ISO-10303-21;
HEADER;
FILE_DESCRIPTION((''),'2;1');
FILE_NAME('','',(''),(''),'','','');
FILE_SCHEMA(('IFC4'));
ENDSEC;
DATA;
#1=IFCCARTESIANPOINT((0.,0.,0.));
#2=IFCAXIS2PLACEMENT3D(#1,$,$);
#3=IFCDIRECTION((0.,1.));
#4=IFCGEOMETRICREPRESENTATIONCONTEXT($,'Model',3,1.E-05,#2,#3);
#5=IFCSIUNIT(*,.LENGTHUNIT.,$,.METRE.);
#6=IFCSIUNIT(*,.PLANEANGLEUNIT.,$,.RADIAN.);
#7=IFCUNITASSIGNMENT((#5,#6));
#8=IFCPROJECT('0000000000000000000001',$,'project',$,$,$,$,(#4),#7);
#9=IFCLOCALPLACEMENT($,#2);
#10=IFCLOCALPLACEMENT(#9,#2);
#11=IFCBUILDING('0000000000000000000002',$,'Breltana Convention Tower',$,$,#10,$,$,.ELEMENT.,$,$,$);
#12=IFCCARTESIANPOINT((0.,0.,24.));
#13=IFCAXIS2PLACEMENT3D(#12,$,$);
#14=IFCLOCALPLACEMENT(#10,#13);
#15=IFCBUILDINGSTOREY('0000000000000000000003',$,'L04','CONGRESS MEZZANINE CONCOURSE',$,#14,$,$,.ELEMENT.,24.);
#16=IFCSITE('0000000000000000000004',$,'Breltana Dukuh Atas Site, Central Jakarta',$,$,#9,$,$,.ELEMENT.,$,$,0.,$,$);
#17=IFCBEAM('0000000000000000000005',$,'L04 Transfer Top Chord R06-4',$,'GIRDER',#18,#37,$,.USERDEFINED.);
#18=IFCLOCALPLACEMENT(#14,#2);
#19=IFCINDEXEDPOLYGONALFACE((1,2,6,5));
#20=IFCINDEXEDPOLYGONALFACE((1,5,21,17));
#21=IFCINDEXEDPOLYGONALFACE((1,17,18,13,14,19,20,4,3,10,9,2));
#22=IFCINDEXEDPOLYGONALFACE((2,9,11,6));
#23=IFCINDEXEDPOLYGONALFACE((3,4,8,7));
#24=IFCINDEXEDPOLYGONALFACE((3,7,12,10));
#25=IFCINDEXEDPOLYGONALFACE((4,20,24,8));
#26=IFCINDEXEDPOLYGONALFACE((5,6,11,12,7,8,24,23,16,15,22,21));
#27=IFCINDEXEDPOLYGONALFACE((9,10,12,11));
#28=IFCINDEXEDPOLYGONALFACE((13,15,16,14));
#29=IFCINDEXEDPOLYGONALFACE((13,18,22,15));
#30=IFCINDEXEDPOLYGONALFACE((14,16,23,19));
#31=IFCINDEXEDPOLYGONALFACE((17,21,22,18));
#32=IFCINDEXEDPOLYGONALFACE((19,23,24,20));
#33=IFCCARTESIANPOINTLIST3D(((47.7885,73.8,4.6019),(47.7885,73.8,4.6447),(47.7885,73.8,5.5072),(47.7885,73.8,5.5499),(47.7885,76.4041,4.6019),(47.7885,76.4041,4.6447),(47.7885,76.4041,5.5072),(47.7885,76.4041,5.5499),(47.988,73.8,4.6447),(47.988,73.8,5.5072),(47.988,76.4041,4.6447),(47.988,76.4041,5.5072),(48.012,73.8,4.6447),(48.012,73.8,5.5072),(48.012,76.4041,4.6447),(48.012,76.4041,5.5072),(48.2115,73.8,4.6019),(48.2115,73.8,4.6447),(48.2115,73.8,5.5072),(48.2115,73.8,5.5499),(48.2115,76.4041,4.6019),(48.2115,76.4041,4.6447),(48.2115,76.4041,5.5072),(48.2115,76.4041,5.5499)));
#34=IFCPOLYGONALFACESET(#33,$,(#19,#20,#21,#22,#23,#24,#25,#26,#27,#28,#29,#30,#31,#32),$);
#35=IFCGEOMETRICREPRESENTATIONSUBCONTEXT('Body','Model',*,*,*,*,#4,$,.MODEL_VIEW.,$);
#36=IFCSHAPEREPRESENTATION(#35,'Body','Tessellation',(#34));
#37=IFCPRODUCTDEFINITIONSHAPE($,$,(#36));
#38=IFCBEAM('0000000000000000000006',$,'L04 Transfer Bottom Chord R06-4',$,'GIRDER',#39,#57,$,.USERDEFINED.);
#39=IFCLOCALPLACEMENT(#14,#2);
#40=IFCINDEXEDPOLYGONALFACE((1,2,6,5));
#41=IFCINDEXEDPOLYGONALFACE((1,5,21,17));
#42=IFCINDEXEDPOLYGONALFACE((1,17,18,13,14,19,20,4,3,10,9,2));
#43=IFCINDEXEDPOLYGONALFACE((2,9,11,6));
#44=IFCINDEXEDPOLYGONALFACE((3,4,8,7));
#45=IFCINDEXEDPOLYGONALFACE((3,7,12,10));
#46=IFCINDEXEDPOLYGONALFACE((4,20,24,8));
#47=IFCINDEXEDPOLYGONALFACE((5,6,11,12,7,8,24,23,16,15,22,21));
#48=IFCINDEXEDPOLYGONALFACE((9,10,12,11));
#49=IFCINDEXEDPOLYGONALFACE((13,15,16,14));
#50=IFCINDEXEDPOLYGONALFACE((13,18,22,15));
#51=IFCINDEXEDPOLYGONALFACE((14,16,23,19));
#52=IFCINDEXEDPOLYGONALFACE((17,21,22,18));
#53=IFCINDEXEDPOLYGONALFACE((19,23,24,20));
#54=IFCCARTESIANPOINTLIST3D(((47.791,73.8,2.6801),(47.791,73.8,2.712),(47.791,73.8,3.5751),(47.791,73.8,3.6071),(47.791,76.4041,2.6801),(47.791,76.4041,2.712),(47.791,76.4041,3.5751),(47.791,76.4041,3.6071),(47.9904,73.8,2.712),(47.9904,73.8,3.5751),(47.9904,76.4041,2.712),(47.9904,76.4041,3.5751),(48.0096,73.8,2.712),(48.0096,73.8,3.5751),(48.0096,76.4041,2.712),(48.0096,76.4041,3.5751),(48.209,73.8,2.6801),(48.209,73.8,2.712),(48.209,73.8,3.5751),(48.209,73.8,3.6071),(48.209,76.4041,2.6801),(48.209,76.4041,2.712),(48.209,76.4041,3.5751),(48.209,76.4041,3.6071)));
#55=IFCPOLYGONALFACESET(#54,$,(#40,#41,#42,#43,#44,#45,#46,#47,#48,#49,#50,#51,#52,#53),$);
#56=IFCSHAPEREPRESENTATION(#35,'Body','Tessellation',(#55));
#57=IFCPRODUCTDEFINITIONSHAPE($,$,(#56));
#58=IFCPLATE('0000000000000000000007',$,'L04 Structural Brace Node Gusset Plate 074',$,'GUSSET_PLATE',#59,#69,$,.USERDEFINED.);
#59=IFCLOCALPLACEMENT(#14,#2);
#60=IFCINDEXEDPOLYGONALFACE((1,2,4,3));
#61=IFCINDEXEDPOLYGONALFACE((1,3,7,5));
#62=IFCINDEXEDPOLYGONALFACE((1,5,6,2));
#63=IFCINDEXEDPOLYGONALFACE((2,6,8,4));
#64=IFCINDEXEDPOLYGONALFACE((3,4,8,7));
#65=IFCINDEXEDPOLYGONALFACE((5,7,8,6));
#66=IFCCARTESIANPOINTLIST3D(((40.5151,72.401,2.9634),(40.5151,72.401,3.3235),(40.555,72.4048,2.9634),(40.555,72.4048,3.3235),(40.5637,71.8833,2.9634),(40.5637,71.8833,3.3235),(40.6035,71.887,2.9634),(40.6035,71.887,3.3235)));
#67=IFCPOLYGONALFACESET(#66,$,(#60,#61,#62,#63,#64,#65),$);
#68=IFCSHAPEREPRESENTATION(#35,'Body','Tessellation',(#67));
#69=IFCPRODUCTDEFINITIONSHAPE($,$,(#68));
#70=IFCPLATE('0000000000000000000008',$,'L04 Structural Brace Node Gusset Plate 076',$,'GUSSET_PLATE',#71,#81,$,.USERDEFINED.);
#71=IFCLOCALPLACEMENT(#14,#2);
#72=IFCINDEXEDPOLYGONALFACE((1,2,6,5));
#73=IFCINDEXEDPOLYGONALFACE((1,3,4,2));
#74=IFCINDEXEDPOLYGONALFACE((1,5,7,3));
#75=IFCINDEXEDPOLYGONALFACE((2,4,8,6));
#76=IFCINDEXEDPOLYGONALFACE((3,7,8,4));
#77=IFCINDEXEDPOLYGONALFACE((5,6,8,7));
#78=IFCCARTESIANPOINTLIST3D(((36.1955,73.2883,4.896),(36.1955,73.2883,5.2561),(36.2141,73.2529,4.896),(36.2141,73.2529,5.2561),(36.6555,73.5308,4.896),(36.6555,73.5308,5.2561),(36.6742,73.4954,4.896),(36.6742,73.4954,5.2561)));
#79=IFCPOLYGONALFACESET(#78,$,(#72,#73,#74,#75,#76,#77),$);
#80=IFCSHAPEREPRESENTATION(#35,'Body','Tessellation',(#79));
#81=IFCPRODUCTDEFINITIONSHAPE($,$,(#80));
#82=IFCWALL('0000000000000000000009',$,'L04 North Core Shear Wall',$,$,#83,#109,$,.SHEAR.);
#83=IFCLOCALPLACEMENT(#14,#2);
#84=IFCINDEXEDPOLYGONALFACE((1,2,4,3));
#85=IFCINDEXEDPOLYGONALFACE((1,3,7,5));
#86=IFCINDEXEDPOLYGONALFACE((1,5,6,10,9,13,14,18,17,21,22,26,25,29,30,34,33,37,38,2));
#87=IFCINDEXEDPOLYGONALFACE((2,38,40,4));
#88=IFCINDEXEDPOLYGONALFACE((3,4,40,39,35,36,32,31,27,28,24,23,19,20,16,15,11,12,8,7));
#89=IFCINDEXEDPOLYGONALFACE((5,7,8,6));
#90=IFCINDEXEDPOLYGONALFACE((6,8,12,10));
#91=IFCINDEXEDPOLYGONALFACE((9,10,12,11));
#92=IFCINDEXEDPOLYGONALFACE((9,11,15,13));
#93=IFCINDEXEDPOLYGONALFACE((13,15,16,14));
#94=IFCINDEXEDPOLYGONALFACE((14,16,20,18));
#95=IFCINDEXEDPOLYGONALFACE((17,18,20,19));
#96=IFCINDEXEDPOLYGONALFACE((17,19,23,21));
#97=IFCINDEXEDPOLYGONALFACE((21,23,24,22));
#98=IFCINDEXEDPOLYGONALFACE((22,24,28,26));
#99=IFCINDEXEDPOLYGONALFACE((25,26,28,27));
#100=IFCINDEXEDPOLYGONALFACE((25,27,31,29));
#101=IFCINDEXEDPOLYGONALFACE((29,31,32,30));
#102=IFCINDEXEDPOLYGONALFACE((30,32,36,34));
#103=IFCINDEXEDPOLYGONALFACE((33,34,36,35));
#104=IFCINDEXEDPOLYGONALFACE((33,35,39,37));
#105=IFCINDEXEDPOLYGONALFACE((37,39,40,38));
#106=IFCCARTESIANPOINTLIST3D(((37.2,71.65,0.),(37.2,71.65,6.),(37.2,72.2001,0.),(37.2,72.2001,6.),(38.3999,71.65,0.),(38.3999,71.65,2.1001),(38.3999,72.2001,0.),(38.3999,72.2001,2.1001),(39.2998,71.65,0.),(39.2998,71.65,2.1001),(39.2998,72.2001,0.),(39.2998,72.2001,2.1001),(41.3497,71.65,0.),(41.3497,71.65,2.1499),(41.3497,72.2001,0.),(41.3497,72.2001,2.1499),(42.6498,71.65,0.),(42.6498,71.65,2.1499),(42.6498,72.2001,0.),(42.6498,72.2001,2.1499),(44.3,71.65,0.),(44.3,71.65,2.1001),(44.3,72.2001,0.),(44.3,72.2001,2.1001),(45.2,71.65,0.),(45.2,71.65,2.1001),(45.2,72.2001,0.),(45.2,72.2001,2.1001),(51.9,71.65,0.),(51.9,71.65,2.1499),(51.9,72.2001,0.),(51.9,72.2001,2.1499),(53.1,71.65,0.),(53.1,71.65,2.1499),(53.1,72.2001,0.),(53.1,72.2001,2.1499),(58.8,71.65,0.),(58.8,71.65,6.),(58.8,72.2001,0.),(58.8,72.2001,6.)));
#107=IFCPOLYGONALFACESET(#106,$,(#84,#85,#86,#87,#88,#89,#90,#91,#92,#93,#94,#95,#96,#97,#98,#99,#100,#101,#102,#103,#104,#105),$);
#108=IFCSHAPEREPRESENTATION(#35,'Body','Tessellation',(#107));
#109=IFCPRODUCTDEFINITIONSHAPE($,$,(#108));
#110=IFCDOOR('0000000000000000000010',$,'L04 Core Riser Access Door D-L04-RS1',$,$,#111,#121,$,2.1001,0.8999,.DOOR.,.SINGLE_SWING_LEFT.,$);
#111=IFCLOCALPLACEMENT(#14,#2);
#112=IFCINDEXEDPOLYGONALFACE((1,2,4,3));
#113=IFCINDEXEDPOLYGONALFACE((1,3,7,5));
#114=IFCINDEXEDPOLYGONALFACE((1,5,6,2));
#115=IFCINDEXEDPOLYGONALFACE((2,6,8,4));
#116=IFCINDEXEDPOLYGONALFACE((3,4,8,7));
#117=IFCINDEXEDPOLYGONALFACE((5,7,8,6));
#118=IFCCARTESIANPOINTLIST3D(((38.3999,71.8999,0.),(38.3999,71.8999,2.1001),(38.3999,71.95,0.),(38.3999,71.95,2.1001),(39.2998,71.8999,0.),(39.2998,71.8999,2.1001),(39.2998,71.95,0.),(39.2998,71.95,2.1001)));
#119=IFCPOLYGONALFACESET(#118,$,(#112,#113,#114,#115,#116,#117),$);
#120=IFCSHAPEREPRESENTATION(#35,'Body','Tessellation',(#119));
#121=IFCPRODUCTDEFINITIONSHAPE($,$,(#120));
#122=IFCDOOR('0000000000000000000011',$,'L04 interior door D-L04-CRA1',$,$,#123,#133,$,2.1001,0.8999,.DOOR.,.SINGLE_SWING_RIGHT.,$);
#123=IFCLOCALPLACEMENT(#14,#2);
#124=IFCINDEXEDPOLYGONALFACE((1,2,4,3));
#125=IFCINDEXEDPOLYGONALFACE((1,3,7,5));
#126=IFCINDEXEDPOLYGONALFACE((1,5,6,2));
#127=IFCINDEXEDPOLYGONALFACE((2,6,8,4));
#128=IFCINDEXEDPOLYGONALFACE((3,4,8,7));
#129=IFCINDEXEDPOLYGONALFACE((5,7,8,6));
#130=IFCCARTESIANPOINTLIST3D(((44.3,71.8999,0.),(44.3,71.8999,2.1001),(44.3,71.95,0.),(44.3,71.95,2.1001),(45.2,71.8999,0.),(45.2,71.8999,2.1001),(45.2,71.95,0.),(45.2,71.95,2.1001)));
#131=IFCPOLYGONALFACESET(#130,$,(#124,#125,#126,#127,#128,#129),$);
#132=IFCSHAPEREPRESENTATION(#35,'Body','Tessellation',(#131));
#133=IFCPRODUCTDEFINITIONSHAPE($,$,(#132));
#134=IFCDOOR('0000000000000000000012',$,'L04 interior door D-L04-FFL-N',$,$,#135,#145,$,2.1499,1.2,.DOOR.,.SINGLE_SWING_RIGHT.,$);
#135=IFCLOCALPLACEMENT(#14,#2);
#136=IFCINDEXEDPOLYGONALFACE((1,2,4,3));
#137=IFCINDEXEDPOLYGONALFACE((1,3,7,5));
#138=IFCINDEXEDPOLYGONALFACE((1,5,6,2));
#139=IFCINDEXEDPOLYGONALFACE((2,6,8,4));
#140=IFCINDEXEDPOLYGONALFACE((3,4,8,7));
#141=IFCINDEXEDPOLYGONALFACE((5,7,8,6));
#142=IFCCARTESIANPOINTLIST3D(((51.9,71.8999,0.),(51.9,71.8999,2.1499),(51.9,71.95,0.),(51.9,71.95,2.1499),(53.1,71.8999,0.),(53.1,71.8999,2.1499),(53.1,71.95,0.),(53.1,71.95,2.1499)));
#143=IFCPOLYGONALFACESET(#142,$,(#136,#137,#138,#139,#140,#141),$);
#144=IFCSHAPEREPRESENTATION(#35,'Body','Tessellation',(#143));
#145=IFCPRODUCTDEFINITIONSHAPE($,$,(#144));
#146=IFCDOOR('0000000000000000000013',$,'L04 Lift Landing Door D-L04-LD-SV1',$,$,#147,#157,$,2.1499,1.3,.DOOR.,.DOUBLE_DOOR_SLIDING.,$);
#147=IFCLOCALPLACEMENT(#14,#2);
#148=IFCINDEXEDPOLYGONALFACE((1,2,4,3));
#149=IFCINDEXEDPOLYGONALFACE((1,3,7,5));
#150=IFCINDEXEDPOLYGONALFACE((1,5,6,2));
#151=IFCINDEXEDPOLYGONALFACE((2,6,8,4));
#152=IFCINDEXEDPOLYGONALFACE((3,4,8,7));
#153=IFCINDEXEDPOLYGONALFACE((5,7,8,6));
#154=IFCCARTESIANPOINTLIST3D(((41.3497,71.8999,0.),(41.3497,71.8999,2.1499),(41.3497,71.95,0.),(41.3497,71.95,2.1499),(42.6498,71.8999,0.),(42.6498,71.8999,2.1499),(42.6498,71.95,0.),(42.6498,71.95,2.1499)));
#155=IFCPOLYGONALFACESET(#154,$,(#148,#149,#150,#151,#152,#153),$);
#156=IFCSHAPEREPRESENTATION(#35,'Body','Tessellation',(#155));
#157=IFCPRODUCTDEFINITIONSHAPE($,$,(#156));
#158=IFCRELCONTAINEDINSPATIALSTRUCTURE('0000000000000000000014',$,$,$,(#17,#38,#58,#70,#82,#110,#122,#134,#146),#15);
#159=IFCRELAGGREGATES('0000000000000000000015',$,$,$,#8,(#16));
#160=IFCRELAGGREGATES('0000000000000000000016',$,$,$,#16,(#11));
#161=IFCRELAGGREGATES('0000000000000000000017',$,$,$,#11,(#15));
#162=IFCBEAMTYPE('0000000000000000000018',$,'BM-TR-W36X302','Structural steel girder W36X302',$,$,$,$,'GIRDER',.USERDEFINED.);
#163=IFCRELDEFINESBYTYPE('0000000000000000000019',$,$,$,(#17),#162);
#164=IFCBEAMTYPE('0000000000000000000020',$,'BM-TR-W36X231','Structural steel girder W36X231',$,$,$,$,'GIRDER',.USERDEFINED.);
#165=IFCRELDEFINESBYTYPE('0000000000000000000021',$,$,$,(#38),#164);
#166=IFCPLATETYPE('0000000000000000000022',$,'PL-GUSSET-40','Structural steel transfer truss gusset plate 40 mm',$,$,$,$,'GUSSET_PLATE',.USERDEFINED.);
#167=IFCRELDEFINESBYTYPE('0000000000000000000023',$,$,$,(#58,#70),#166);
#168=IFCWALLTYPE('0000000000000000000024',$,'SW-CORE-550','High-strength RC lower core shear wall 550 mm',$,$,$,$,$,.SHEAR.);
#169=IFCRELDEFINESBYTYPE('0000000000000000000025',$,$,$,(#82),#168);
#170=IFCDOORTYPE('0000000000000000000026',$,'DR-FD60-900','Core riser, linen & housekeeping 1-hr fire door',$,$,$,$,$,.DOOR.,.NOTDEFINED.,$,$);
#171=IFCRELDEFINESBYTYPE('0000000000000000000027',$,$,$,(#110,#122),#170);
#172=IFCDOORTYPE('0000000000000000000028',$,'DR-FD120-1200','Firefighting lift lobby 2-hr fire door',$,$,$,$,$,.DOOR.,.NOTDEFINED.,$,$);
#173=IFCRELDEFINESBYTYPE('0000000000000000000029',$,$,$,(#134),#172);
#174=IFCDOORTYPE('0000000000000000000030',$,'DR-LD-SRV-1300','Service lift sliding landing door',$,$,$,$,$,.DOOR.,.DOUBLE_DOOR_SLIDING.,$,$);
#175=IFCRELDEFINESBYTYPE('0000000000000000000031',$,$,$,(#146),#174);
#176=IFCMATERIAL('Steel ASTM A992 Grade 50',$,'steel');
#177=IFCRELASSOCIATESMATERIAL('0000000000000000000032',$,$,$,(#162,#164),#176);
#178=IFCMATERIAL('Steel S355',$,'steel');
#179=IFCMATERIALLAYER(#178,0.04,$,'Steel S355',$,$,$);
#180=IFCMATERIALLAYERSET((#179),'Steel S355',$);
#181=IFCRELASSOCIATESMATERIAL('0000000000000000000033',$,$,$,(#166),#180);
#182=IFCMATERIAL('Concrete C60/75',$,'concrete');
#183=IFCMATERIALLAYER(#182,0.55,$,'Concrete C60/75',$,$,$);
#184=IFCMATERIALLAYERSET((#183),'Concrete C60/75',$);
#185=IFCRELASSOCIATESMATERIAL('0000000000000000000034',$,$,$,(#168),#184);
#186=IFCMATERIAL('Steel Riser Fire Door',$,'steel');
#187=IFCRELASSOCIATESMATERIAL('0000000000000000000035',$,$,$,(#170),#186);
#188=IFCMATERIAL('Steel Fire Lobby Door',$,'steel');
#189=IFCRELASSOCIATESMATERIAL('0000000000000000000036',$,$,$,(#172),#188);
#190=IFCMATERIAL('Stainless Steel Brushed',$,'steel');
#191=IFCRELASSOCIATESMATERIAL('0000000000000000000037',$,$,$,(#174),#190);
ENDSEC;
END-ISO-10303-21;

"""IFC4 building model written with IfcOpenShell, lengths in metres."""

from ifc_helpers import new_model, si_unit, direction, frame, frame_2d, origin, origin_2d, place, context, subcontext, project, spatial, rectangle, i_section, extrude, source, transform, mapped, material, layer, layer_set, material_profile, profile_set, type_object, type_shapes, element, fill, save


model = new_model("IFC4")

# Units and contexts
model_context = context("Model", 3, precision=1e-05, world=origin(), true_north=direction((0.0, 1.0)))
body_context = subcontext(model_context, "Body", "Model", "MODEL_VIEW")
ifc_project = project(units=[si_unit("LENGTHUNIT", "METRE"), si_unit("PLANEANGLEUNIT", "RADIAN")], contexts=[model_context])

# Site, building, storey
site_placement = place(None, origin())
site = spatial("IfcSite", under=ifc_project, at=site_placement, Name="Breltana Dukuh Atas Site, Central Jakarta", CompositionType="ELEMENT", RefElevation=0.0)
building_placement = place(site_placement, origin())
building = spatial("IfcBuilding", under=site, at=building_placement, Name="Breltana Convention Tower", CompositionType="ELEMENT")
storey_placement = place(building_placement, frame((0.0, 0.0, 24.0)))
storey = spatial("IfcBuildingStorey", under=building, at=storey_placement, Name="L04", Description="CONGRESS MEZZANINE CONCOURSE", CompositionType="ELEMENT", Elevation=24.0)

# Shared definitions
ifc_material_1 = material(Name="Concrete C60/75", Category="concrete")

# Shared definitions
ifc_material_2 = material(Name="Steel ASTM A992 Grade 50", Category="steel")
ifc_material_profile_1 = material_profile(ifc_material_2, i_section(OverallWidth=0.4231, OverallDepth=0.948, WebThickness=0.0239, FlangeThickness=0.0427, at=origin_2d()), Name="W36X302")
ifc_profile_set_1 = profile_set([ifc_material_profile_1], Name="Steel ASTM A992 Grade 50")
beam_type_1 = type_object("IfcBeamType", Name="BM-TR-W36X302", Description="Structural steel girder W36X302", ElementType="GIRDER", PredefinedType="USERDEFINED", material=ifc_profile_set_1)
ifc_material_profile_2 = material_profile(ifc_material_2, i_section(OverallWidth=0.418, OverallDepth=0.927, WebThickness=0.0193, FlangeThickness=0.032, at=origin_2d()), Name="W36X231")
ifc_profile_set_2 = profile_set([ifc_material_profile_2], Name="Steel ASTM A992 Grade 50")
beam_type_2 = type_object("IfcBeamType", Name="BM-TR-W36X231", Description="Structural steel girder W36X231", ElementType="GIRDER", PredefinedType="USERDEFINED", material=ifc_profile_set_2)

# Beams
shared_shape_1 = source(origin(), body_context, "Body", "SweptSolid", [
    extrude(i_section(OverallWidth=0.4231, OverallDepth=0.948, WebThickness=0.0239, FlangeThickness=0.0427, at=origin_2d()), origin(), (0.0, 0.0, 1.0), 2.604),
])
beam_1_placement = place(storey_placement, frame((48.0, 73.8, 5.0759), z_axis=(0.0, 1.0, 0.0), x_axis=(-1.0, 0.0, 0.0)))
element("IfcBeam", 1, at=beam_1_placement, inside=storey, type_object=beam_type_1, Name="L04 Transfer Top Chord R06-4", ObjectType="GIRDER", PredefinedType="USERDEFINED", context=body_context, shape_type="MappedRepresentation", body=[
    mapped(shared_shape_1, transform((0.0, 0.0, 0.0), scale=1.0)),
])
shared_shape_2 = source(origin(), body_context, "Body", "SweptSolid", [
    extrude(i_section(OverallWidth=0.418, OverallDepth=0.927, WebThickness=0.0193, FlangeThickness=0.032, at=origin_2d()), origin(), (0.0, 0.0, 1.0), 2.604),
])
beam_2_placement = place(storey_placement, frame((48.0, 73.8, 3.1436), z_axis=(0.0, 1.0, 0.0), x_axis=(-1.0, 0.0, 0.0)))
element("IfcBeam", 2, at=beam_2_placement, inside=storey, type_object=beam_type_2, Name="L04 Transfer Bottom Chord R06-4", ObjectType="GIRDER", PredefinedType="USERDEFINED", context=body_context, shape_type="MappedRepresentation", body=[
    mapped(shared_shape_2, transform((0.0, 0.0, 0.0), scale=1.0)),
])

# Plates
ifc_material_3 = material(Name="Steel S355", Category="steel")
ifc_layer_1 = layer(ifc_material_3, 0.04, Name="Steel S355")
ifc_layer_set_1 = layer_set([ifc_layer_1], Name="Steel S355")
plate_type = type_object("IfcPlateType", Name="PL-GUSSET-40", Description="Structural steel transfer truss gusset plate 40 mm", ElementType="GUSSET_PLATE", PredefinedType="USERDEFINED", material=ifc_layer_set_1)
shared_shape_3 = source(origin(), body_context, "Body", "SweptSolid", [
    extrude(rectangle(XDim=0.52, YDim=0.04, at=origin_2d()), origin(), (0.0, 0.0, 1.0), 0.3601),
])
for number, where, z_axis, x_axis, name in (
    (3, (40.5593, 72.144, 2.9634), (0.0, 0.0, 1.0), (-0.093413, 0.995627, 0.0), "L04 Structural Brace Node Gusset Plate 074"),
    (4, (36.4348, 73.3918, 4.896), (0.0, 0.0, 1.0), (-0.884662, -0.466232, 0.0), "L04 Structural Brace Node Gusset Plate 076"),
):
    element("IfcPlate", number, at=place(storey_placement, frame(where, z_axis=z_axis, x_axis=x_axis)), inside=storey, type_object=plate_type, Name=name, ObjectType="GUSSET_PLATE", PredefinedType="USERDEFINED", context=body_context, shape_type="MappedRepresentation", body=[
        mapped(shared_shape_3, transform((0.0, 0.0, 0.0), scale=1.0)),
    ])

# Wall, openings, doors
ifc_layer_2 = layer(ifc_material_1, 0.55, Name="Concrete C60/75")
ifc_layer_set_2 = layer_set([ifc_layer_2], Name="Concrete C60/75")
wall_type_1 = type_object("IfcWallType", Name="SW-CORE-550", Description="High-strength RC lower core shear wall 550 mm", PredefinedType="SHEAR", material=ifc_layer_set_2)
shared_shape_4 = source(origin(), body_context, "Body", "SweptSolid", [
    extrude(rectangle(XDim=21.6001, YDim=0.55, at=frame_2d((10.8, 0.0))), origin(), (0.0, 0.0, 1.0), 6.0),
])
wall_1_placement = place(storey_placement, frame((37.2, 71.925, 0.0), z_axis=(0.0, 0.0, 1.0), x_axis=(1.0, 0.0, 0.0)))
wall_1 = element("IfcWall", 5, at=wall_1_placement, inside=storey, type_object=wall_type_1, Name="L04 North Core Shear Wall", PredefinedType="SHEAR", context=body_context, shape_type="MappedRepresentation", body=[
    mapped(shared_shape_4, transform((0.0, 0.0, 0.0), scale=1.0)),
])
opening_1_placement = place(wall_1_placement, frame((1.2, 0.0, 0.0)))
opening_1 = element("IfcOpeningElement", 6, at=opening_1_placement, cuts=wall_1, PredefinedType="OPENING", context=body_context, shape_type="SweptSolid", body=[
    extrude(rectangle(XDim=0.8999, YDim=2.1001, at=frame_2d((0.45, 1.05))), frame((0.0, 0.2852, 0.0), z_axis=(0.0, -1.0, 0.0), x_axis=(1.0, 0.0, 0.0)), (0.0, 0.0, 1.0), 0.5701),
])
opening_2_placement = place(wall_1_placement, frame((14.7, 0.0, 0.0)))
opening_2 = element("IfcOpeningElement", 7, at=opening_2_placement, cuts=wall_1, PredefinedType="OPENING", context=body_context, shape_type="SweptSolid", body=[
    extrude(rectangle(XDim=1.2, YDim=2.1499, at=frame_2d((0.6001, 1.075))), frame((0.0, 0.2852, 0.0), z_axis=(0.0, -1.0, 0.0), x_axis=(1.0, 0.0, 0.0)), (0.0, 0.0, 1.0), 0.5701),
])
opening_3_placement = place(wall_1_placement, frame((4.1499, 0.0, 0.0)))
opening_3 = element("IfcOpeningElement", 8, at=opening_3_placement, cuts=wall_1, PredefinedType="OPENING", context=body_context, shape_type="SweptSolid", body=[
    extrude(rectangle(XDim=1.3, YDim=2.1499, at=frame_2d((0.6499, 1.075))), frame((0.0, 0.2852, 0.0), z_axis=(0.0, -1.0, 0.0), x_axis=(1.0, 0.0, 0.0)), (0.0, 0.0, 1.0), 0.5701),
])
opening_4_placement = place(wall_1_placement, frame((7.1001, 0.0, 0.0)))
opening_4 = element("IfcOpeningElement", 9, at=opening_4_placement, cuts=wall_1, PredefinedType="OPENING", context=body_context, shape_type="SweptSolid", body=[
    extrude(rectangle(XDim=0.8999, YDim=2.1001, at=frame_2d((0.45, 1.05))), frame((0.0, 0.2852, 0.0), z_axis=(0.0, -1.0, 0.0), x_axis=(1.0, 0.0, 0.0)), (0.0, 0.0, 1.0), 0.5701),
])
ifc_material_4 = material(Name="Steel Riser Fire Door", Category="steel")
door_type_1 = type_object("IfcDoorType", Name="DR-FD60-900", Description="Core riser, linen & housekeeping 1-hr fire door", OperationType="NOTDEFINED", PredefinedType="DOOR", material=ifc_material_4)
shared_shape_5 = source(origin(), body_context, "Body", "SweptSolid", [
    extrude(rectangle(XDim=0.8999, YDim=2.1001, at=frame_2d((0.45, 1.05))), frame((0.0, 0.0249, 0.0), z_axis=(0.0, -1.0, 0.0), x_axis=(1.0, 0.0, 0.0)), (0.0, 0.0, 1.0), 0.05),
])
type_shapes(door_type_1, [shared_shape_5])
door_1_placement = place(opening_1_placement, origin())
door_1 = element("IfcDoor", 10, at=door_1_placement, inside=storey, type_object=door_type_1, Name="L04 Core Riser Access Door D-L04-RS1", OperationType="SINGLE_SWING_LEFT", OverallHeight=2.1001, OverallWidth=0.8999, PredefinedType="DOOR", context=body_context, shape_type="MappedRepresentation", body=[
    mapped(shared_shape_5, transform((0.0, 0.0, 0.0), scale=1.0)),
])
fill(opening_1, door_1)
door_2_placement = place(opening_4_placement, origin())
door_2 = element("IfcDoor", 11, at=door_2_placement, inside=storey, type_object=door_type_1, Name="L04 interior door D-L04-CRA1", OperationType="SINGLE_SWING_RIGHT", OverallHeight=2.1001, OverallWidth=0.8999, PredefinedType="DOOR", context=body_context, shape_type="MappedRepresentation", body=[
    mapped(shared_shape_5, transform((0.0, 0.0, 0.0), scale=1.0)),
])
fill(opening_4, door_2)
ifc_material_5 = material(Name="Steel Fire Lobby Door", Category="steel")
door_type_2 = type_object("IfcDoorType", Name="DR-FD120-1200", Description="Firefighting lift lobby 2-hr fire door", OperationType="NOTDEFINED", PredefinedType="DOOR", material=ifc_material_5)
shared_shape_6 = source(origin(), body_context, "Body", "SweptSolid", [
    extrude(rectangle(XDim=1.2, YDim=2.1499, at=frame_2d((0.6001, 1.075))), frame((0.0, 0.0249, 0.0), z_axis=(0.0, -1.0, 0.0), x_axis=(1.0, 0.0, 0.0)), (0.0, 0.0, 1.0), 0.05),
])
type_shapes(door_type_2, [shared_shape_6])
door_3_placement = place(opening_2_placement, origin())
door_3 = element("IfcDoor", 12, at=door_3_placement, inside=storey, type_object=door_type_2, Name="L04 interior door D-L04-FFL-N", OperationType="SINGLE_SWING_RIGHT", OverallHeight=2.1499, OverallWidth=1.2, PredefinedType="DOOR", context=body_context, shape_type="MappedRepresentation", body=[
    mapped(shared_shape_6, transform((0.0, 0.0, 0.0), scale=1.0)),
])
fill(opening_2, door_3)
ifc_material_6 = material(Name="Stainless Steel Brushed", Category="steel")
door_type_3 = type_object("IfcDoorType", Name="DR-LD-SRV-1300", Description="Service lift sliding landing door", OperationType="DOUBLE_DOOR_SLIDING", PredefinedType="DOOR", material=ifc_material_6)
shared_shape_7 = source(origin(), body_context, "Body", "SweptSolid", [
    extrude(rectangle(XDim=1.3, YDim=2.1499, at=frame_2d((0.6499, 1.075))), frame((0.0, 0.0249, 0.0), z_axis=(0.0, -1.0, 0.0), x_axis=(1.0, 0.0, 0.0)), (0.0, 0.0, 1.0), 0.05),
])
type_shapes(door_type_3, [shared_shape_7])
door_4_placement = place(opening_3_placement, origin())
door_4 = element("IfcDoor", 13, at=door_4_placement, inside=storey, type_object=door_type_3, Name="L04 Lift Landing Door D-L04-LD-SV1", OperationType="DOUBLE_DOOR_SLIDING", OverallHeight=2.1499, OverallWidth=1.3, PredefinedType="DOOR", context=body_context, shape_type="MappedRepresentation", body=[
    mapped(shared_shape_7, transform((0.0, 0.0, 0.0), scale=1.0)),
])
fill(opening_3, door_4)

save(model, "model.ifc")
